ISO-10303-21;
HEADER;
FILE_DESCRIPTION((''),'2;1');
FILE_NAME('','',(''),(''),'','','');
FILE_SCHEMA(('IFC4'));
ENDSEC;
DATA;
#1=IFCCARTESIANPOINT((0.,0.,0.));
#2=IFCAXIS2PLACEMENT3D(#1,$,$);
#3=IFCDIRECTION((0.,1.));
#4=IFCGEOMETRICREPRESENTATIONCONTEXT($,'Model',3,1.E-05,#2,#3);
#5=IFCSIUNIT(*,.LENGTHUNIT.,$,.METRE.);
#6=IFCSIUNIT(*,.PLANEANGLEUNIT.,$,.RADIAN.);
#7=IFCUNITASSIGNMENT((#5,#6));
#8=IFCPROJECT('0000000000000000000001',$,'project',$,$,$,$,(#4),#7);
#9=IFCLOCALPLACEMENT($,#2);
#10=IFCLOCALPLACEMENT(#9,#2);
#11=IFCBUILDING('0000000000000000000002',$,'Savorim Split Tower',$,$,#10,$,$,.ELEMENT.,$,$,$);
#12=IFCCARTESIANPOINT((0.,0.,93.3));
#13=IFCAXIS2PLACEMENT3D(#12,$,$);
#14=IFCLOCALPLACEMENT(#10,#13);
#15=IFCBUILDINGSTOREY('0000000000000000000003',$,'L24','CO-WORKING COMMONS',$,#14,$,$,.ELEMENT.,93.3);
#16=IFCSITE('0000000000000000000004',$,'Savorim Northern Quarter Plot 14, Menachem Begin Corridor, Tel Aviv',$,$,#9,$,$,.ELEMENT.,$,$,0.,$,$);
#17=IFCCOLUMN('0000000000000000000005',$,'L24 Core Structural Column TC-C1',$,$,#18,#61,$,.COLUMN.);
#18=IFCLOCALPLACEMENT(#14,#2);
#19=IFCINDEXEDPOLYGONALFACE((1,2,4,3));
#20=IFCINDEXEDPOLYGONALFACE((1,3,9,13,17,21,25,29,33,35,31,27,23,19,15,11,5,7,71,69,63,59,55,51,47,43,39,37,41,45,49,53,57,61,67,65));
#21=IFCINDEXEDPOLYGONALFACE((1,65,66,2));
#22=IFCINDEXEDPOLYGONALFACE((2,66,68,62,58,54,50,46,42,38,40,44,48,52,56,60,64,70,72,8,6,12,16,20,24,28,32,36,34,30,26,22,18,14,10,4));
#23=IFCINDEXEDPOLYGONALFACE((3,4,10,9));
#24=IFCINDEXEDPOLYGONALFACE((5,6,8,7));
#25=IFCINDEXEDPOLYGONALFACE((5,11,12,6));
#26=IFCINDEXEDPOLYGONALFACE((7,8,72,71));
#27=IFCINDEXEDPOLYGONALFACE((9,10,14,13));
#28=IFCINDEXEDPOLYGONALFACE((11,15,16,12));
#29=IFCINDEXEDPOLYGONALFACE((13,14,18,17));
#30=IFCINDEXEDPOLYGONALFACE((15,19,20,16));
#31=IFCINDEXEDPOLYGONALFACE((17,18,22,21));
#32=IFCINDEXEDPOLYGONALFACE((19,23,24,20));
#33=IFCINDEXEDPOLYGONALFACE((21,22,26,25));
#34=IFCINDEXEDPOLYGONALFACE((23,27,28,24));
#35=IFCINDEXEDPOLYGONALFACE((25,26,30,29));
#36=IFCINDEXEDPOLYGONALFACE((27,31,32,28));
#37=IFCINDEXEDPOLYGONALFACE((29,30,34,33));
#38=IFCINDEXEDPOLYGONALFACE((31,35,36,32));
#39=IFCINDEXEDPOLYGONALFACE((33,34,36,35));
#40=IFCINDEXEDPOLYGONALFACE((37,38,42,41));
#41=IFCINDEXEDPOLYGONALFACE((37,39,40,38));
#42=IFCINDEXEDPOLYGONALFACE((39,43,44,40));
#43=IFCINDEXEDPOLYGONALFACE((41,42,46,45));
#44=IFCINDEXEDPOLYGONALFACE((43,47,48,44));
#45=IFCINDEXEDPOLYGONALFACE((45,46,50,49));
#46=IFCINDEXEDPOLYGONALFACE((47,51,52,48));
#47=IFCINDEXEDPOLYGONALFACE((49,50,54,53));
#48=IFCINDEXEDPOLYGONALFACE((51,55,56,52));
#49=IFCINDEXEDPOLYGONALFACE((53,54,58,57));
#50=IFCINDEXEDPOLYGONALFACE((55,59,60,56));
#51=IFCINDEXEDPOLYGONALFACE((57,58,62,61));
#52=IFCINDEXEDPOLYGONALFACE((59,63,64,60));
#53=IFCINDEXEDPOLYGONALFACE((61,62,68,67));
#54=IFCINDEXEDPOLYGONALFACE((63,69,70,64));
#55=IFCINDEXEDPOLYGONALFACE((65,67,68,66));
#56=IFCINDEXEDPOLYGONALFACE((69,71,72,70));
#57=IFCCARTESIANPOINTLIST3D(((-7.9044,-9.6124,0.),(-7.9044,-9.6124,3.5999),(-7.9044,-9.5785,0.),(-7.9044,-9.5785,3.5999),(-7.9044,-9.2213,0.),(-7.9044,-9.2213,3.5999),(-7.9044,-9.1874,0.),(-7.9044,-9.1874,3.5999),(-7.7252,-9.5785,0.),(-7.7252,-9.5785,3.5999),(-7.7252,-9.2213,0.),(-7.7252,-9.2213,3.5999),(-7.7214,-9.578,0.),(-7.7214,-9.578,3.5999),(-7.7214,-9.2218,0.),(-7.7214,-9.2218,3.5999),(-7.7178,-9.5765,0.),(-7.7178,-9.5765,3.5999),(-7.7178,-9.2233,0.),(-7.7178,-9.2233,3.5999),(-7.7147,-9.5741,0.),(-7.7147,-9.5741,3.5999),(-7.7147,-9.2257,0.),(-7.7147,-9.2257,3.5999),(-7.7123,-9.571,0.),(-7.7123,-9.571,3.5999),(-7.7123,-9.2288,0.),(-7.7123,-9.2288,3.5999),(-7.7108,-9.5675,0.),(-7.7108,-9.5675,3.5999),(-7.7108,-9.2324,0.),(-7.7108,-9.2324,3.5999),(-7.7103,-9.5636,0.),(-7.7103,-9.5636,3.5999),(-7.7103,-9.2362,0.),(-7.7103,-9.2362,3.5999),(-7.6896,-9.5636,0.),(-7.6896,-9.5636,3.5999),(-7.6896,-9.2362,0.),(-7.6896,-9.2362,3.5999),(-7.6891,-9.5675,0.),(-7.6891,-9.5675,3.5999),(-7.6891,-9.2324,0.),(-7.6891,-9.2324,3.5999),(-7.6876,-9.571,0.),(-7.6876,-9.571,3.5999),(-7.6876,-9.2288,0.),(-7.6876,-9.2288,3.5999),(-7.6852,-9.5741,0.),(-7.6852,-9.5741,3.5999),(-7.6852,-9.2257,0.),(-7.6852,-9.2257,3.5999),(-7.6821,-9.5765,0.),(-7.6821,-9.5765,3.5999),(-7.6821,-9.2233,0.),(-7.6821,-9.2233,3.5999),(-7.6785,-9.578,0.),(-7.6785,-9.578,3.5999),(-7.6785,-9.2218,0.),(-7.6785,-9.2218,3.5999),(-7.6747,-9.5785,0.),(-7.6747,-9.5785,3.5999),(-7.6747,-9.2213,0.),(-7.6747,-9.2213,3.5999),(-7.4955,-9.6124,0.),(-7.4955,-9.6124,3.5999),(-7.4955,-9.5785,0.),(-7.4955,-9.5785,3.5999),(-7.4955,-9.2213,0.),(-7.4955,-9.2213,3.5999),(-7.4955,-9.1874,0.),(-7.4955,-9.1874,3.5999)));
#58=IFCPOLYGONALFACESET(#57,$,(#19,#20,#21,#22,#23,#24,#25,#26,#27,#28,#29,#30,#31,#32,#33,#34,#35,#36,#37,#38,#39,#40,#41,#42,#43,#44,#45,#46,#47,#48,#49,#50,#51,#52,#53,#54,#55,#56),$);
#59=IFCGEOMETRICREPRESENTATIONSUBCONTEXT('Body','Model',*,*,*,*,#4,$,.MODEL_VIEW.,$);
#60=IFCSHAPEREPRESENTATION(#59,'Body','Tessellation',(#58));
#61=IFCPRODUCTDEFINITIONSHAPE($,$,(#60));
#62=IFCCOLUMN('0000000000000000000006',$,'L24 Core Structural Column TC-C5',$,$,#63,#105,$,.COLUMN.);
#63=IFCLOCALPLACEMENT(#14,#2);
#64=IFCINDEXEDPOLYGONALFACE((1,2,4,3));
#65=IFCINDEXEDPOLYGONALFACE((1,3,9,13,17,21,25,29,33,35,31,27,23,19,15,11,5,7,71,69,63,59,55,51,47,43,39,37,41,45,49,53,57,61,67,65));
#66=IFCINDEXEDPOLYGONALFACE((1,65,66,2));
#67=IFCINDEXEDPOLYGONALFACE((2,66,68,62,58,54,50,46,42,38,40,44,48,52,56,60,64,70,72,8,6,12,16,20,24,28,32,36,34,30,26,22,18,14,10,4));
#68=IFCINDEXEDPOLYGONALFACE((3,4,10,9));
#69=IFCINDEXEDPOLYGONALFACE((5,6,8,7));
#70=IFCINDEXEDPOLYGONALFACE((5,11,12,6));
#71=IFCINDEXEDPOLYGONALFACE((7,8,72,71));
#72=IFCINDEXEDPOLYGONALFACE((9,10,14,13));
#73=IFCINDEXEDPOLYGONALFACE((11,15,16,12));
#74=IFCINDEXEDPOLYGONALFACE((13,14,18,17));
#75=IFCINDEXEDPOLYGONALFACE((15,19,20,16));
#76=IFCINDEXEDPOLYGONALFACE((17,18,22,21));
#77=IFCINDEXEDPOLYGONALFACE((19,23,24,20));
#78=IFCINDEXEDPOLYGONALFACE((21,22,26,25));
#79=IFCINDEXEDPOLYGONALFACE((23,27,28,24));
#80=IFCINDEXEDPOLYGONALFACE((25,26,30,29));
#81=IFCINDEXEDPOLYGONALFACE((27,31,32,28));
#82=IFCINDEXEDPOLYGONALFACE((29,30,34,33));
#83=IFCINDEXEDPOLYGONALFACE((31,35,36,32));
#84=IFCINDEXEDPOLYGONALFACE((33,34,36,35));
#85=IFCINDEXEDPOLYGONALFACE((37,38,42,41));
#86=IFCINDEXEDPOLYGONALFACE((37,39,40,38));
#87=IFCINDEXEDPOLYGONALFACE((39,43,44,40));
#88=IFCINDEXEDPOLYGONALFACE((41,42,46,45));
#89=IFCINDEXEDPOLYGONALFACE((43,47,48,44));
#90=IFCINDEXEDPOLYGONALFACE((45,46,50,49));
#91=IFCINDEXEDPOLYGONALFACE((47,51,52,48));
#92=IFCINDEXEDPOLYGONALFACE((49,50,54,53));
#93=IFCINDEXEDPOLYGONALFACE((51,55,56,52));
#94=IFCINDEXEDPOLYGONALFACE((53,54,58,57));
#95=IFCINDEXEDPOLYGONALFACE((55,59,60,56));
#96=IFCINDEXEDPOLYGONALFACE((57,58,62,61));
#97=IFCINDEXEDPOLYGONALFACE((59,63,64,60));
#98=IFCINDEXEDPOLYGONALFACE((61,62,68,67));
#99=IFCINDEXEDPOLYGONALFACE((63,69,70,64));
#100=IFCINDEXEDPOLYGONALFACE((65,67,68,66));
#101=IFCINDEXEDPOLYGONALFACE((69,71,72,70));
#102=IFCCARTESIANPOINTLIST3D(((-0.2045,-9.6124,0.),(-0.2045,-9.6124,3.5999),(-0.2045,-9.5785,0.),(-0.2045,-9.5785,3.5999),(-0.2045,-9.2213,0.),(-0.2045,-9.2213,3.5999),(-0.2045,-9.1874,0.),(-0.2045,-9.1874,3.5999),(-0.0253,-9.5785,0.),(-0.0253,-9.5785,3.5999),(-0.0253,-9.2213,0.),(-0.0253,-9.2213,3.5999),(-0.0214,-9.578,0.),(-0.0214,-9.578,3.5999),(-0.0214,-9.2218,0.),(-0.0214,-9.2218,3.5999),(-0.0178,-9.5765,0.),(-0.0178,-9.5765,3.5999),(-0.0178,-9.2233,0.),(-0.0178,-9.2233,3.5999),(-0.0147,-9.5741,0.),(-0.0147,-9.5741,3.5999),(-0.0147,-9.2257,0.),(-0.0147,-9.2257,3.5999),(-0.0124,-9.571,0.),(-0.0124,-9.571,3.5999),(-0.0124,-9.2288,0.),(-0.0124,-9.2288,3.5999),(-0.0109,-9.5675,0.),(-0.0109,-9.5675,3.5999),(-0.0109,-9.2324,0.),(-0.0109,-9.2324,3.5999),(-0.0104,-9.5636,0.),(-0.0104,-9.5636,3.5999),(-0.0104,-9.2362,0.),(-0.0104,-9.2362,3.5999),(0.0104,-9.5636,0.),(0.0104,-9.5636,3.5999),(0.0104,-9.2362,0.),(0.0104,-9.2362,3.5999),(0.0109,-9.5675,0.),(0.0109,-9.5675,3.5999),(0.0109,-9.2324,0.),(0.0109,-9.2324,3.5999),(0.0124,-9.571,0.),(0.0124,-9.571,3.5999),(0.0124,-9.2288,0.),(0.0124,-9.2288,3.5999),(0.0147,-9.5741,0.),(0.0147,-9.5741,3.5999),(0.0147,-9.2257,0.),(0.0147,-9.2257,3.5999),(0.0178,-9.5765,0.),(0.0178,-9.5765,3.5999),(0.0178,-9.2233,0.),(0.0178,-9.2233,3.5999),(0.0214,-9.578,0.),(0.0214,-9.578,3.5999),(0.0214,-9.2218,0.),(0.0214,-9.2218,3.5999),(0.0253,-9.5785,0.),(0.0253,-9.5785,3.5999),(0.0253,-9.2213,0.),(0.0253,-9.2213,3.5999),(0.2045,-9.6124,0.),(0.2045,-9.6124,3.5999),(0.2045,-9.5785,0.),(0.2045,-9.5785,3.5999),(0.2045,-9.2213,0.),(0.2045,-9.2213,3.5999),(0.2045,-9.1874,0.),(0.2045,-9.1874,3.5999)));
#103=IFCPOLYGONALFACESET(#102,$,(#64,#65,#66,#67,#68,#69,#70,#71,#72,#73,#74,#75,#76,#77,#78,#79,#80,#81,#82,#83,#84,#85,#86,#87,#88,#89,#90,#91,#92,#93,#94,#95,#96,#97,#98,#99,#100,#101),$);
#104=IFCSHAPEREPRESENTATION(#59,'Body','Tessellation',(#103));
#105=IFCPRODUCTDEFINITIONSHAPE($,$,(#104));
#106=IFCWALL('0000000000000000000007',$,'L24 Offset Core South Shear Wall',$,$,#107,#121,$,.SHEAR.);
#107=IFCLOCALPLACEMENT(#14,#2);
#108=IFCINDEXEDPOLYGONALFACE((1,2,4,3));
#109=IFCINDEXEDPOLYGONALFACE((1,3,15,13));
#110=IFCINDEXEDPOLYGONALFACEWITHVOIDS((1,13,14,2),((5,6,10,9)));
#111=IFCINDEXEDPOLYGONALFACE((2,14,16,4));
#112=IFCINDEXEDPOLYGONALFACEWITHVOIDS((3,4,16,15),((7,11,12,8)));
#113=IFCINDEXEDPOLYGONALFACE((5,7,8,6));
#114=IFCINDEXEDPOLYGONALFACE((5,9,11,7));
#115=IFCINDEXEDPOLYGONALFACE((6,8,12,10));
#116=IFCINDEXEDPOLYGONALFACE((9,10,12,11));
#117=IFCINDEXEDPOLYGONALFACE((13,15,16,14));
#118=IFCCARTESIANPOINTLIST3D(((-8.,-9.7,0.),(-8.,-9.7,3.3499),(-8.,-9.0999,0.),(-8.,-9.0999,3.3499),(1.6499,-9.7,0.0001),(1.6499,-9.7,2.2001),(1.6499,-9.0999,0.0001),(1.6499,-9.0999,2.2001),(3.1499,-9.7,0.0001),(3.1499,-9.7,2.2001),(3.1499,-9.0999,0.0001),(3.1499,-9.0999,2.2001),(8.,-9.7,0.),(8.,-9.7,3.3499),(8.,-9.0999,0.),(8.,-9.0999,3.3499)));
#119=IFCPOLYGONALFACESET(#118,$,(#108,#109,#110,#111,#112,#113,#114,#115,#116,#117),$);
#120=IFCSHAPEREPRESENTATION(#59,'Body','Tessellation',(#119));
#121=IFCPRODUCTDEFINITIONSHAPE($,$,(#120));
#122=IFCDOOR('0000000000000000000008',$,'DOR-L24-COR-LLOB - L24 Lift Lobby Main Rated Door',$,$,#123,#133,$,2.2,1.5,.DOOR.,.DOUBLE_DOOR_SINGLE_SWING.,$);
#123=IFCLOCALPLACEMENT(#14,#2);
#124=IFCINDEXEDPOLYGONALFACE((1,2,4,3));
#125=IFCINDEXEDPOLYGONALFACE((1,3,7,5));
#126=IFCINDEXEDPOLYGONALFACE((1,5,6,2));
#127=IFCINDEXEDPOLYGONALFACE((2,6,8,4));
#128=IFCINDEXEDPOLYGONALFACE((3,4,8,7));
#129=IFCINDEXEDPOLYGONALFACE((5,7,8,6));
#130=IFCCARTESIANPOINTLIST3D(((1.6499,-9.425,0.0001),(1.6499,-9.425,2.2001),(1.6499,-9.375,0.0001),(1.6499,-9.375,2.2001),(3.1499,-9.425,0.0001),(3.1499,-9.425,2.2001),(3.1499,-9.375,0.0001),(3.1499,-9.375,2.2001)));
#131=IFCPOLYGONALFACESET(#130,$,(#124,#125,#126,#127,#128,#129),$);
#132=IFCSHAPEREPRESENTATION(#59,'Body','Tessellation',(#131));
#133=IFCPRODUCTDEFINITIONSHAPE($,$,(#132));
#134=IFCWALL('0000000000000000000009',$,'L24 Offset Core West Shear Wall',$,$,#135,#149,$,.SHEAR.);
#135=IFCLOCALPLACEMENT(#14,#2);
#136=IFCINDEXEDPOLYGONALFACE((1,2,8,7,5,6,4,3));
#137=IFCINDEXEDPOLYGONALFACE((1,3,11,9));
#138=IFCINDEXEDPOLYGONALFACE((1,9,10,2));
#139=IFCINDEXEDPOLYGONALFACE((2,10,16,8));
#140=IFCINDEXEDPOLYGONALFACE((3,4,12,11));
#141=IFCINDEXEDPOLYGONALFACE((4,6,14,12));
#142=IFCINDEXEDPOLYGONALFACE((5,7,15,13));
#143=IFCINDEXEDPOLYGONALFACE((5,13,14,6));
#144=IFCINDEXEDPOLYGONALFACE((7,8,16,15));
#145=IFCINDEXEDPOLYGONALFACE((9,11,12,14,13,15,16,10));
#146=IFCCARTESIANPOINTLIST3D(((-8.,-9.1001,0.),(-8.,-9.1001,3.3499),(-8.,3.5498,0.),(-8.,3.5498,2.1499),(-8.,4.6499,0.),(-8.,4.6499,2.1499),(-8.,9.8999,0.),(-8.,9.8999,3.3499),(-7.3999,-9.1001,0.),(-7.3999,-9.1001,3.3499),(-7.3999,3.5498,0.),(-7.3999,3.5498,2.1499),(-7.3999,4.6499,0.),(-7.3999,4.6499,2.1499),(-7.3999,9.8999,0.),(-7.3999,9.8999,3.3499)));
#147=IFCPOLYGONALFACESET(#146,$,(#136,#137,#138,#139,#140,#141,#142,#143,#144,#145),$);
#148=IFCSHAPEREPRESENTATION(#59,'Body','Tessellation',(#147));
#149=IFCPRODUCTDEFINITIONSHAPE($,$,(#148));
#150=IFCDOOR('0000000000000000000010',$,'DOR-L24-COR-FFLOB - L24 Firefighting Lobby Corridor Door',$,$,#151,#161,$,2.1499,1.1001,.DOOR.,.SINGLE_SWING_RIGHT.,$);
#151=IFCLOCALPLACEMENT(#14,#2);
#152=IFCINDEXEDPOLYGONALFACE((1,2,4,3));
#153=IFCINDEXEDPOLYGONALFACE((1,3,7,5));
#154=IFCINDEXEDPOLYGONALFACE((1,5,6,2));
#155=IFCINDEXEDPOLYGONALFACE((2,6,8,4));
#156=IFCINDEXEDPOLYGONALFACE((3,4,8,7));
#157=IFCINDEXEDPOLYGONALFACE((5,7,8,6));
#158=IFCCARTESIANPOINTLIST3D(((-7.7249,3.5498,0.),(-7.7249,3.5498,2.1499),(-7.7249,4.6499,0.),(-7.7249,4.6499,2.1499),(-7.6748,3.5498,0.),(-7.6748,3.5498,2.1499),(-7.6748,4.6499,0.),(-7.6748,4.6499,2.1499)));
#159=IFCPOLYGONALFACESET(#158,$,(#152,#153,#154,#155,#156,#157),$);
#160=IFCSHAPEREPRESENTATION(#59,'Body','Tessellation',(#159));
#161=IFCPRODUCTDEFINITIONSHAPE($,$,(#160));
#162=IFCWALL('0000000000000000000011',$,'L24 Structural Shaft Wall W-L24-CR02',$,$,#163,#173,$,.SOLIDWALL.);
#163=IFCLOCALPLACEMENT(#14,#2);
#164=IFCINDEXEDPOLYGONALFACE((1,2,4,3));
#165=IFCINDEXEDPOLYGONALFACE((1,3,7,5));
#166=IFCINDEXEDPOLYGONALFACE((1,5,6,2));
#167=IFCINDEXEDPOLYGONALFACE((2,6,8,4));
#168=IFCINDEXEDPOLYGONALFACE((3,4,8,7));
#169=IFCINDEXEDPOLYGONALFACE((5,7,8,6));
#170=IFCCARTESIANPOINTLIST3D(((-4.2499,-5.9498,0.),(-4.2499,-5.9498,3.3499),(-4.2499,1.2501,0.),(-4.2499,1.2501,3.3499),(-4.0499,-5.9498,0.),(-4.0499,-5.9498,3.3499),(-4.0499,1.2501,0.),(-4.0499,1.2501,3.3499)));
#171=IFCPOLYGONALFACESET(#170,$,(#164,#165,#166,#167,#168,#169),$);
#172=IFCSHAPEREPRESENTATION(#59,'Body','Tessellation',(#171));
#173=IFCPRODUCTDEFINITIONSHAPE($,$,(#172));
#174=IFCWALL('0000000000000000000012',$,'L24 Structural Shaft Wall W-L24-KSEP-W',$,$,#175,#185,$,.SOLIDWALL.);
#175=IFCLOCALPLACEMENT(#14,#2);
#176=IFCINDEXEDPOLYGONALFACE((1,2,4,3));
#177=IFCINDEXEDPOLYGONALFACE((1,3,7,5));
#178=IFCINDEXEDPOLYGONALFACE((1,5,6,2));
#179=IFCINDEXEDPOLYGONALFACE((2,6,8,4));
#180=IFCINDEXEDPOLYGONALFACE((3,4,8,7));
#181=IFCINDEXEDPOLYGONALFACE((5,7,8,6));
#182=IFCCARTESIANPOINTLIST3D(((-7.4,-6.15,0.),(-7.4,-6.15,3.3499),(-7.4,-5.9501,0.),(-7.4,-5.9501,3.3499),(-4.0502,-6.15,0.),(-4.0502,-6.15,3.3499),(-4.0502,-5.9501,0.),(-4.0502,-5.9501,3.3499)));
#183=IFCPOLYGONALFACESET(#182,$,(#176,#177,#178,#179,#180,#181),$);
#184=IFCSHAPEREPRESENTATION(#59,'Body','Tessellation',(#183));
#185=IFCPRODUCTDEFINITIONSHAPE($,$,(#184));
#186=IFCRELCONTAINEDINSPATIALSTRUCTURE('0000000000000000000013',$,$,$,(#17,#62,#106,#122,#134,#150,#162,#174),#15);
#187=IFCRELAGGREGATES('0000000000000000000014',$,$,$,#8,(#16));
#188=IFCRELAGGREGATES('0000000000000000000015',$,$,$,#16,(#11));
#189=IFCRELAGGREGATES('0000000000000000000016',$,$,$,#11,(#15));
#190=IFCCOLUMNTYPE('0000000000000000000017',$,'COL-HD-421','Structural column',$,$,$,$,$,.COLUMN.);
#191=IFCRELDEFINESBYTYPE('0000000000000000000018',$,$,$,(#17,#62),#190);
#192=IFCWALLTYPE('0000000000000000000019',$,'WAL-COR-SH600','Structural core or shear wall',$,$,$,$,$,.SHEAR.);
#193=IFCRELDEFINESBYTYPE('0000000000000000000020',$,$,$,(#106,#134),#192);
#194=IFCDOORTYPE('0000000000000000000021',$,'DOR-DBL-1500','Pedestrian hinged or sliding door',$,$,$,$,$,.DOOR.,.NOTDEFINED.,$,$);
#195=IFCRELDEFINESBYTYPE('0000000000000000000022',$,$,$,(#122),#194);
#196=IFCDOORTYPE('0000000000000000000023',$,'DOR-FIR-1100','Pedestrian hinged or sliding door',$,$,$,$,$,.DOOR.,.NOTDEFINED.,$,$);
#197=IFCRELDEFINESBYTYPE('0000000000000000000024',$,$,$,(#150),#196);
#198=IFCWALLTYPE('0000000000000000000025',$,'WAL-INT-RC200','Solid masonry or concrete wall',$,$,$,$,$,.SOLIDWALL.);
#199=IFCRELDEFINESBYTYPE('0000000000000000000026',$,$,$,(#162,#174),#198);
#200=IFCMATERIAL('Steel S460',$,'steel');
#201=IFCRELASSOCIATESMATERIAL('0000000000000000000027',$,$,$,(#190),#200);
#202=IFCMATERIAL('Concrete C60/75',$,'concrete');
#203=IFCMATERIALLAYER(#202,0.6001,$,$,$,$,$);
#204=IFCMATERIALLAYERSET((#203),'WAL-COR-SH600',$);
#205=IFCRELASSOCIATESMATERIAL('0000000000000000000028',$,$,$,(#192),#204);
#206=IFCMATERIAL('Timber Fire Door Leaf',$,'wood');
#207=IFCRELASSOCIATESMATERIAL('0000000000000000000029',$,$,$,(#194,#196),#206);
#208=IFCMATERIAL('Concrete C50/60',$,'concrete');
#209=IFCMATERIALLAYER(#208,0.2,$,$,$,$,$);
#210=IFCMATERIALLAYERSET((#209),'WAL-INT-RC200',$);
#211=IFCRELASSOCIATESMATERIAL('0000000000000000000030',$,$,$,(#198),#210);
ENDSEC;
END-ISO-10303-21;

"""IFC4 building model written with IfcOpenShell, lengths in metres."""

from ifc_helpers import new_model, si_unit, direction, frame, frame_2d, origin, origin_2d, place, context, subcontext, project, spatial, rectangle, i_section, extrude, material, layer, layer_set, material_profile, profile_set, type_object, element, fill, save


model = new_model("IFC4")

# Units and contexts
model_context = context("Model", 3, precision=1e-05, world=origin(), true_north=direction((0.0, 1.0)))
body_context = subcontext(model_context, "Body", "Model", "MODEL_VIEW")
ifc_project = project(units=[si_unit("LENGTHUNIT", "METRE"), si_unit("PLANEANGLEUNIT", "RADIAN")], contexts=[model_context])

# Site, building, storey
site_placement = place(None, origin())
site = spatial("IfcSite", under=ifc_project, at=site_placement, Name="Savorim Northern Quarter Plot 14, Menachem Begin Corridor, Tel Aviv", CompositionType="ELEMENT", RefElevation=0.0)
building_placement = place(site_placement, origin())
building = spatial("IfcBuilding", under=site, at=building_placement, Name="Savorim Split Tower", CompositionType="ELEMENT")
storey_placement = place(building_placement, frame((0.0, 0.0, 93.3)))
storey = spatial("IfcBuildingStorey", under=building, at=storey_placement, Name="L24", Description="CO-WORKING COMMONS", CompositionType="ELEMENT", Elevation=93.3)

# Columns
ifc_material_1 = material(Name="Steel S460", Category="steel")
ifc_material_profile = material_profile(ifc_material_1, i_section(OverallWidth=0.4089, OverallDepth=0.425, WebThickness=0.0208, FlangeThickness=0.0339, FilletRadius=0.0149, at=origin_2d()), Name="HD 400x421")
ifc_profile_set = profile_set([ifc_material_profile], Name="Steel S460")
column_type = type_object("IfcColumnType", Name="COL-HD-421", Description="Structural column", PredefinedType="COLUMN", material=ifc_profile_set)
for number, where, z_axis, x_axis, name in (
    (1, (-7.7, -9.3999, 0.0), (0.0, 0.0, 1.0), (1.0, 0.0, 0.0), "L24 Core Structural Column TC-C1"),
    (2, (0.0, -9.3999, 0.0), (0.0, 0.0, 1.0), (1.0, 0.0, 0.0), "L24 Core Structural Column TC-C5"),
):
    element("IfcColumn", number, at=place(storey_placement, frame(where, z_axis=z_axis, x_axis=x_axis)), inside=storey, type_object=column_type, Name=name, PredefinedType="COLUMN", context=body_context, shape_type="SweptSolid", body=[
        extrude(i_section(OverallWidth=0.4089, OverallDepth=0.425, WebThickness=0.0208, FlangeThickness=0.0339, FilletRadius=0.0149, at=origin_2d()), origin(), (0.0, 0.0, 1.0), 3.5999),
    ])

# Walls, openings, doors
ifc_material_2 = material(Name="Concrete C60/75", Category="concrete")
ifc_layer_1 = layer(ifc_material_2, 0.6001)
ifc_layer_set_1 = layer_set([ifc_layer_1], Name="WAL-COR-SH600")
wall_type_1 = type_object("IfcWallType", Name="WAL-COR-SH600", Description="Structural core or shear wall", PredefinedType="SHEAR", material=ifc_layer_set_1)
wall_1_placement = place(storey_placement, frame((-8.0, -9.3999, 0.0), z_axis=(0.0, 0.0, 1.0), x_axis=(1.0, 0.0, 0.0)))
wall_1 = element("IfcWall", 3, at=wall_1_placement, inside=storey, type_object=wall_type_1, Name="L24 Offset Core South Shear Wall", PredefinedType="SHEAR", context=body_context, shape_type="SweptSolid", body=[
    extrude(rectangle(XDim=16.0, YDim=0.6001, at=frame_2d((8.0, 0.0))), origin(), (0.0, 0.0, 1.0), 3.3499),
])
opening_1_placement = place(wall_1_placement, frame((9.6499, 0.0, 0.0)))
opening_1 = element("IfcOpeningElement", 4, at=opening_1_placement, cuts=wall_1, PredefinedType="OPENING", context=body_context, shape_type="SweptSolid", body=[
    extrude(rectangle(XDim=1.5, YDim=2.2, at=frame_2d((0.75, 1.1001))), frame((0.0, 0.3101, 0.0), z_axis=(0.0, -1.0, 0.0), x_axis=(1.0, 0.0, 0.0)), (0.0, 0.0, 1.0), 0.6201),
])
ifc_material_3 = material(Name="Timber Fire Door Leaf", Category="wood")
door_type_1 = type_object("IfcDoorType", Name="DOR-DBL-1500", Description="Pedestrian hinged or sliding door", OperationType="NOTDEFINED", PredefinedType="DOOR", material=ifc_material_3)
door_1_placement = place(opening_1_placement, origin())
door_1 = element("IfcDoor", 5, at=door_1_placement, inside=storey, type_object=door_type_1, Name="DOR-L24-COR-LLOB - L24 Lift Lobby Main Rated Door", OperationType="DOUBLE_DOOR_SINGLE_SWING", OverallHeight=2.2, OverallWidth=1.5, PredefinedType="DOOR", context=body_context, shape_type="SweptSolid", body=[
    extrude(rectangle(XDim=1.5, YDim=2.2, at=frame_2d((0.75, 1.1001))), frame((0.0, 0.0249, 0.0), z_axis=(0.0, -1.0, 0.0), x_axis=(1.0, 0.0, 0.0)), (0.0, 0.0, 1.0), 0.05),
])
fill(opening_1, door_1)
wall_2_placement = place(storey_placement, frame((-7.7, -9.1001, 0.0), z_axis=(0.0, 0.0, 1.0), x_axis=(0.0, 1.0, 0.0)))
wall_2 = element("IfcWall", 6, at=wall_2_placement, inside=storey, type_object=wall_type_1, Name="L24 Offset Core West Shear Wall", PredefinedType="SHEAR", context=body_context, shape_type="SweptSolid", body=[
    extrude(rectangle(XDim=19.0, YDim=0.6001, at=frame_2d((9.5, 0.0))), origin(), (0.0, 0.0, 1.0), 3.3499),
])
opening_2_placement = place(wall_2_placement, frame((12.6499, 0.0, 0.0)))
opening_2 = element("IfcOpeningElement", 7, at=opening_2_placement, cuts=wall_2, PredefinedType="OPENING", context=body_context, shape_type="SweptSolid", body=[
    extrude(rectangle(XDim=1.1001, YDim=2.1499, at=frame_2d((0.55, 1.075))), frame((0.0, 0.3101, 0.0), z_axis=(0.0, -1.0, 0.0), x_axis=(1.0, 0.0, 0.0)), (0.0, 0.0, 1.0), 0.6201),
])
door_type_2 = type_object("IfcDoorType", Name="DOR-FIR-1100", Description="Pedestrian hinged or sliding door", OperationType="NOTDEFINED", PredefinedType="DOOR", material=ifc_material_3)
door_2_placement = place(opening_2_placement, origin())
door_2 = element("IfcDoor", 8, at=door_2_placement, inside=storey, type_object=door_type_2, Name="DOR-L24-COR-FFLOB - L24 Firefighting Lobby Corridor Door", OperationType="SINGLE_SWING_RIGHT", OverallHeight=2.1499, OverallWidth=1.1001, PredefinedType="DOOR", context=body_context, shape_type="SweptSolid", body=[
    extrude(rectangle(XDim=1.1001, YDim=2.1499, at=frame_2d((0.55, 1.075))), frame((0.0, 0.0249, 0.0), z_axis=(0.0, -1.0, 0.0), x_axis=(1.0, 0.0, 0.0)), (0.0, 0.0, 1.0), 0.05),
])
fill(opening_2, door_2)

# Wall
ifc_material_4 = material(Name="Concrete C50/60", Category="concrete")
ifc_layer_2 = layer(ifc_material_4, 0.2)
ifc_layer_set_2 = layer_set([ifc_layer_2], Name="WAL-INT-RC200")
wall_type_2 = type_object("IfcWallType", Name="WAL-INT-RC200", Description="Solid masonry or concrete wall", PredefinedType="SOLIDWALL", material=ifc_layer_set_2)
wall_3_placement = place(storey_placement, frame((-4.1499, -5.95, 0.0), z_axis=(0.0, 0.0, 1.0), x_axis=(0.0, 1.0, 0.0)))
element("IfcWall", 9, at=wall_3_placement, inside=storey, type_object=wall_type_2, Name="L24 Structural Shaft Wall W-L24-CR02", PredefinedType="SOLIDWALL", context=body_context, shape_type="SweptSolid", body=[
    extrude(rectangle(XDim=7.2, YDim=0.2, at=frame_2d((3.6001, 0.0))), origin(), (0.0, 0.0, 1.0), 3.3499),
])

# Wall
wall_4_placement = place(storey_placement, frame((-7.3999, -6.05, 0.0), z_axis=(0.0, 0.0, 1.0), x_axis=(1.0, 0.0, 0.0)))
element("IfcWall", 10, at=wall_4_placement, inside=storey, type_object=wall_type_2, Name="L24 Structural Shaft Wall W-L24-KSEP-W", PredefinedType="SOLIDWALL", context=body_context, shape_type="SweptSolid", body=[
    extrude(rectangle(XDim=3.3499, YDim=0.2, at=frame_2d((1.6748, 0.0))), origin(), (0.0, 0.0, 1.0), 3.3499),
])

save(model, "model.ifc")
